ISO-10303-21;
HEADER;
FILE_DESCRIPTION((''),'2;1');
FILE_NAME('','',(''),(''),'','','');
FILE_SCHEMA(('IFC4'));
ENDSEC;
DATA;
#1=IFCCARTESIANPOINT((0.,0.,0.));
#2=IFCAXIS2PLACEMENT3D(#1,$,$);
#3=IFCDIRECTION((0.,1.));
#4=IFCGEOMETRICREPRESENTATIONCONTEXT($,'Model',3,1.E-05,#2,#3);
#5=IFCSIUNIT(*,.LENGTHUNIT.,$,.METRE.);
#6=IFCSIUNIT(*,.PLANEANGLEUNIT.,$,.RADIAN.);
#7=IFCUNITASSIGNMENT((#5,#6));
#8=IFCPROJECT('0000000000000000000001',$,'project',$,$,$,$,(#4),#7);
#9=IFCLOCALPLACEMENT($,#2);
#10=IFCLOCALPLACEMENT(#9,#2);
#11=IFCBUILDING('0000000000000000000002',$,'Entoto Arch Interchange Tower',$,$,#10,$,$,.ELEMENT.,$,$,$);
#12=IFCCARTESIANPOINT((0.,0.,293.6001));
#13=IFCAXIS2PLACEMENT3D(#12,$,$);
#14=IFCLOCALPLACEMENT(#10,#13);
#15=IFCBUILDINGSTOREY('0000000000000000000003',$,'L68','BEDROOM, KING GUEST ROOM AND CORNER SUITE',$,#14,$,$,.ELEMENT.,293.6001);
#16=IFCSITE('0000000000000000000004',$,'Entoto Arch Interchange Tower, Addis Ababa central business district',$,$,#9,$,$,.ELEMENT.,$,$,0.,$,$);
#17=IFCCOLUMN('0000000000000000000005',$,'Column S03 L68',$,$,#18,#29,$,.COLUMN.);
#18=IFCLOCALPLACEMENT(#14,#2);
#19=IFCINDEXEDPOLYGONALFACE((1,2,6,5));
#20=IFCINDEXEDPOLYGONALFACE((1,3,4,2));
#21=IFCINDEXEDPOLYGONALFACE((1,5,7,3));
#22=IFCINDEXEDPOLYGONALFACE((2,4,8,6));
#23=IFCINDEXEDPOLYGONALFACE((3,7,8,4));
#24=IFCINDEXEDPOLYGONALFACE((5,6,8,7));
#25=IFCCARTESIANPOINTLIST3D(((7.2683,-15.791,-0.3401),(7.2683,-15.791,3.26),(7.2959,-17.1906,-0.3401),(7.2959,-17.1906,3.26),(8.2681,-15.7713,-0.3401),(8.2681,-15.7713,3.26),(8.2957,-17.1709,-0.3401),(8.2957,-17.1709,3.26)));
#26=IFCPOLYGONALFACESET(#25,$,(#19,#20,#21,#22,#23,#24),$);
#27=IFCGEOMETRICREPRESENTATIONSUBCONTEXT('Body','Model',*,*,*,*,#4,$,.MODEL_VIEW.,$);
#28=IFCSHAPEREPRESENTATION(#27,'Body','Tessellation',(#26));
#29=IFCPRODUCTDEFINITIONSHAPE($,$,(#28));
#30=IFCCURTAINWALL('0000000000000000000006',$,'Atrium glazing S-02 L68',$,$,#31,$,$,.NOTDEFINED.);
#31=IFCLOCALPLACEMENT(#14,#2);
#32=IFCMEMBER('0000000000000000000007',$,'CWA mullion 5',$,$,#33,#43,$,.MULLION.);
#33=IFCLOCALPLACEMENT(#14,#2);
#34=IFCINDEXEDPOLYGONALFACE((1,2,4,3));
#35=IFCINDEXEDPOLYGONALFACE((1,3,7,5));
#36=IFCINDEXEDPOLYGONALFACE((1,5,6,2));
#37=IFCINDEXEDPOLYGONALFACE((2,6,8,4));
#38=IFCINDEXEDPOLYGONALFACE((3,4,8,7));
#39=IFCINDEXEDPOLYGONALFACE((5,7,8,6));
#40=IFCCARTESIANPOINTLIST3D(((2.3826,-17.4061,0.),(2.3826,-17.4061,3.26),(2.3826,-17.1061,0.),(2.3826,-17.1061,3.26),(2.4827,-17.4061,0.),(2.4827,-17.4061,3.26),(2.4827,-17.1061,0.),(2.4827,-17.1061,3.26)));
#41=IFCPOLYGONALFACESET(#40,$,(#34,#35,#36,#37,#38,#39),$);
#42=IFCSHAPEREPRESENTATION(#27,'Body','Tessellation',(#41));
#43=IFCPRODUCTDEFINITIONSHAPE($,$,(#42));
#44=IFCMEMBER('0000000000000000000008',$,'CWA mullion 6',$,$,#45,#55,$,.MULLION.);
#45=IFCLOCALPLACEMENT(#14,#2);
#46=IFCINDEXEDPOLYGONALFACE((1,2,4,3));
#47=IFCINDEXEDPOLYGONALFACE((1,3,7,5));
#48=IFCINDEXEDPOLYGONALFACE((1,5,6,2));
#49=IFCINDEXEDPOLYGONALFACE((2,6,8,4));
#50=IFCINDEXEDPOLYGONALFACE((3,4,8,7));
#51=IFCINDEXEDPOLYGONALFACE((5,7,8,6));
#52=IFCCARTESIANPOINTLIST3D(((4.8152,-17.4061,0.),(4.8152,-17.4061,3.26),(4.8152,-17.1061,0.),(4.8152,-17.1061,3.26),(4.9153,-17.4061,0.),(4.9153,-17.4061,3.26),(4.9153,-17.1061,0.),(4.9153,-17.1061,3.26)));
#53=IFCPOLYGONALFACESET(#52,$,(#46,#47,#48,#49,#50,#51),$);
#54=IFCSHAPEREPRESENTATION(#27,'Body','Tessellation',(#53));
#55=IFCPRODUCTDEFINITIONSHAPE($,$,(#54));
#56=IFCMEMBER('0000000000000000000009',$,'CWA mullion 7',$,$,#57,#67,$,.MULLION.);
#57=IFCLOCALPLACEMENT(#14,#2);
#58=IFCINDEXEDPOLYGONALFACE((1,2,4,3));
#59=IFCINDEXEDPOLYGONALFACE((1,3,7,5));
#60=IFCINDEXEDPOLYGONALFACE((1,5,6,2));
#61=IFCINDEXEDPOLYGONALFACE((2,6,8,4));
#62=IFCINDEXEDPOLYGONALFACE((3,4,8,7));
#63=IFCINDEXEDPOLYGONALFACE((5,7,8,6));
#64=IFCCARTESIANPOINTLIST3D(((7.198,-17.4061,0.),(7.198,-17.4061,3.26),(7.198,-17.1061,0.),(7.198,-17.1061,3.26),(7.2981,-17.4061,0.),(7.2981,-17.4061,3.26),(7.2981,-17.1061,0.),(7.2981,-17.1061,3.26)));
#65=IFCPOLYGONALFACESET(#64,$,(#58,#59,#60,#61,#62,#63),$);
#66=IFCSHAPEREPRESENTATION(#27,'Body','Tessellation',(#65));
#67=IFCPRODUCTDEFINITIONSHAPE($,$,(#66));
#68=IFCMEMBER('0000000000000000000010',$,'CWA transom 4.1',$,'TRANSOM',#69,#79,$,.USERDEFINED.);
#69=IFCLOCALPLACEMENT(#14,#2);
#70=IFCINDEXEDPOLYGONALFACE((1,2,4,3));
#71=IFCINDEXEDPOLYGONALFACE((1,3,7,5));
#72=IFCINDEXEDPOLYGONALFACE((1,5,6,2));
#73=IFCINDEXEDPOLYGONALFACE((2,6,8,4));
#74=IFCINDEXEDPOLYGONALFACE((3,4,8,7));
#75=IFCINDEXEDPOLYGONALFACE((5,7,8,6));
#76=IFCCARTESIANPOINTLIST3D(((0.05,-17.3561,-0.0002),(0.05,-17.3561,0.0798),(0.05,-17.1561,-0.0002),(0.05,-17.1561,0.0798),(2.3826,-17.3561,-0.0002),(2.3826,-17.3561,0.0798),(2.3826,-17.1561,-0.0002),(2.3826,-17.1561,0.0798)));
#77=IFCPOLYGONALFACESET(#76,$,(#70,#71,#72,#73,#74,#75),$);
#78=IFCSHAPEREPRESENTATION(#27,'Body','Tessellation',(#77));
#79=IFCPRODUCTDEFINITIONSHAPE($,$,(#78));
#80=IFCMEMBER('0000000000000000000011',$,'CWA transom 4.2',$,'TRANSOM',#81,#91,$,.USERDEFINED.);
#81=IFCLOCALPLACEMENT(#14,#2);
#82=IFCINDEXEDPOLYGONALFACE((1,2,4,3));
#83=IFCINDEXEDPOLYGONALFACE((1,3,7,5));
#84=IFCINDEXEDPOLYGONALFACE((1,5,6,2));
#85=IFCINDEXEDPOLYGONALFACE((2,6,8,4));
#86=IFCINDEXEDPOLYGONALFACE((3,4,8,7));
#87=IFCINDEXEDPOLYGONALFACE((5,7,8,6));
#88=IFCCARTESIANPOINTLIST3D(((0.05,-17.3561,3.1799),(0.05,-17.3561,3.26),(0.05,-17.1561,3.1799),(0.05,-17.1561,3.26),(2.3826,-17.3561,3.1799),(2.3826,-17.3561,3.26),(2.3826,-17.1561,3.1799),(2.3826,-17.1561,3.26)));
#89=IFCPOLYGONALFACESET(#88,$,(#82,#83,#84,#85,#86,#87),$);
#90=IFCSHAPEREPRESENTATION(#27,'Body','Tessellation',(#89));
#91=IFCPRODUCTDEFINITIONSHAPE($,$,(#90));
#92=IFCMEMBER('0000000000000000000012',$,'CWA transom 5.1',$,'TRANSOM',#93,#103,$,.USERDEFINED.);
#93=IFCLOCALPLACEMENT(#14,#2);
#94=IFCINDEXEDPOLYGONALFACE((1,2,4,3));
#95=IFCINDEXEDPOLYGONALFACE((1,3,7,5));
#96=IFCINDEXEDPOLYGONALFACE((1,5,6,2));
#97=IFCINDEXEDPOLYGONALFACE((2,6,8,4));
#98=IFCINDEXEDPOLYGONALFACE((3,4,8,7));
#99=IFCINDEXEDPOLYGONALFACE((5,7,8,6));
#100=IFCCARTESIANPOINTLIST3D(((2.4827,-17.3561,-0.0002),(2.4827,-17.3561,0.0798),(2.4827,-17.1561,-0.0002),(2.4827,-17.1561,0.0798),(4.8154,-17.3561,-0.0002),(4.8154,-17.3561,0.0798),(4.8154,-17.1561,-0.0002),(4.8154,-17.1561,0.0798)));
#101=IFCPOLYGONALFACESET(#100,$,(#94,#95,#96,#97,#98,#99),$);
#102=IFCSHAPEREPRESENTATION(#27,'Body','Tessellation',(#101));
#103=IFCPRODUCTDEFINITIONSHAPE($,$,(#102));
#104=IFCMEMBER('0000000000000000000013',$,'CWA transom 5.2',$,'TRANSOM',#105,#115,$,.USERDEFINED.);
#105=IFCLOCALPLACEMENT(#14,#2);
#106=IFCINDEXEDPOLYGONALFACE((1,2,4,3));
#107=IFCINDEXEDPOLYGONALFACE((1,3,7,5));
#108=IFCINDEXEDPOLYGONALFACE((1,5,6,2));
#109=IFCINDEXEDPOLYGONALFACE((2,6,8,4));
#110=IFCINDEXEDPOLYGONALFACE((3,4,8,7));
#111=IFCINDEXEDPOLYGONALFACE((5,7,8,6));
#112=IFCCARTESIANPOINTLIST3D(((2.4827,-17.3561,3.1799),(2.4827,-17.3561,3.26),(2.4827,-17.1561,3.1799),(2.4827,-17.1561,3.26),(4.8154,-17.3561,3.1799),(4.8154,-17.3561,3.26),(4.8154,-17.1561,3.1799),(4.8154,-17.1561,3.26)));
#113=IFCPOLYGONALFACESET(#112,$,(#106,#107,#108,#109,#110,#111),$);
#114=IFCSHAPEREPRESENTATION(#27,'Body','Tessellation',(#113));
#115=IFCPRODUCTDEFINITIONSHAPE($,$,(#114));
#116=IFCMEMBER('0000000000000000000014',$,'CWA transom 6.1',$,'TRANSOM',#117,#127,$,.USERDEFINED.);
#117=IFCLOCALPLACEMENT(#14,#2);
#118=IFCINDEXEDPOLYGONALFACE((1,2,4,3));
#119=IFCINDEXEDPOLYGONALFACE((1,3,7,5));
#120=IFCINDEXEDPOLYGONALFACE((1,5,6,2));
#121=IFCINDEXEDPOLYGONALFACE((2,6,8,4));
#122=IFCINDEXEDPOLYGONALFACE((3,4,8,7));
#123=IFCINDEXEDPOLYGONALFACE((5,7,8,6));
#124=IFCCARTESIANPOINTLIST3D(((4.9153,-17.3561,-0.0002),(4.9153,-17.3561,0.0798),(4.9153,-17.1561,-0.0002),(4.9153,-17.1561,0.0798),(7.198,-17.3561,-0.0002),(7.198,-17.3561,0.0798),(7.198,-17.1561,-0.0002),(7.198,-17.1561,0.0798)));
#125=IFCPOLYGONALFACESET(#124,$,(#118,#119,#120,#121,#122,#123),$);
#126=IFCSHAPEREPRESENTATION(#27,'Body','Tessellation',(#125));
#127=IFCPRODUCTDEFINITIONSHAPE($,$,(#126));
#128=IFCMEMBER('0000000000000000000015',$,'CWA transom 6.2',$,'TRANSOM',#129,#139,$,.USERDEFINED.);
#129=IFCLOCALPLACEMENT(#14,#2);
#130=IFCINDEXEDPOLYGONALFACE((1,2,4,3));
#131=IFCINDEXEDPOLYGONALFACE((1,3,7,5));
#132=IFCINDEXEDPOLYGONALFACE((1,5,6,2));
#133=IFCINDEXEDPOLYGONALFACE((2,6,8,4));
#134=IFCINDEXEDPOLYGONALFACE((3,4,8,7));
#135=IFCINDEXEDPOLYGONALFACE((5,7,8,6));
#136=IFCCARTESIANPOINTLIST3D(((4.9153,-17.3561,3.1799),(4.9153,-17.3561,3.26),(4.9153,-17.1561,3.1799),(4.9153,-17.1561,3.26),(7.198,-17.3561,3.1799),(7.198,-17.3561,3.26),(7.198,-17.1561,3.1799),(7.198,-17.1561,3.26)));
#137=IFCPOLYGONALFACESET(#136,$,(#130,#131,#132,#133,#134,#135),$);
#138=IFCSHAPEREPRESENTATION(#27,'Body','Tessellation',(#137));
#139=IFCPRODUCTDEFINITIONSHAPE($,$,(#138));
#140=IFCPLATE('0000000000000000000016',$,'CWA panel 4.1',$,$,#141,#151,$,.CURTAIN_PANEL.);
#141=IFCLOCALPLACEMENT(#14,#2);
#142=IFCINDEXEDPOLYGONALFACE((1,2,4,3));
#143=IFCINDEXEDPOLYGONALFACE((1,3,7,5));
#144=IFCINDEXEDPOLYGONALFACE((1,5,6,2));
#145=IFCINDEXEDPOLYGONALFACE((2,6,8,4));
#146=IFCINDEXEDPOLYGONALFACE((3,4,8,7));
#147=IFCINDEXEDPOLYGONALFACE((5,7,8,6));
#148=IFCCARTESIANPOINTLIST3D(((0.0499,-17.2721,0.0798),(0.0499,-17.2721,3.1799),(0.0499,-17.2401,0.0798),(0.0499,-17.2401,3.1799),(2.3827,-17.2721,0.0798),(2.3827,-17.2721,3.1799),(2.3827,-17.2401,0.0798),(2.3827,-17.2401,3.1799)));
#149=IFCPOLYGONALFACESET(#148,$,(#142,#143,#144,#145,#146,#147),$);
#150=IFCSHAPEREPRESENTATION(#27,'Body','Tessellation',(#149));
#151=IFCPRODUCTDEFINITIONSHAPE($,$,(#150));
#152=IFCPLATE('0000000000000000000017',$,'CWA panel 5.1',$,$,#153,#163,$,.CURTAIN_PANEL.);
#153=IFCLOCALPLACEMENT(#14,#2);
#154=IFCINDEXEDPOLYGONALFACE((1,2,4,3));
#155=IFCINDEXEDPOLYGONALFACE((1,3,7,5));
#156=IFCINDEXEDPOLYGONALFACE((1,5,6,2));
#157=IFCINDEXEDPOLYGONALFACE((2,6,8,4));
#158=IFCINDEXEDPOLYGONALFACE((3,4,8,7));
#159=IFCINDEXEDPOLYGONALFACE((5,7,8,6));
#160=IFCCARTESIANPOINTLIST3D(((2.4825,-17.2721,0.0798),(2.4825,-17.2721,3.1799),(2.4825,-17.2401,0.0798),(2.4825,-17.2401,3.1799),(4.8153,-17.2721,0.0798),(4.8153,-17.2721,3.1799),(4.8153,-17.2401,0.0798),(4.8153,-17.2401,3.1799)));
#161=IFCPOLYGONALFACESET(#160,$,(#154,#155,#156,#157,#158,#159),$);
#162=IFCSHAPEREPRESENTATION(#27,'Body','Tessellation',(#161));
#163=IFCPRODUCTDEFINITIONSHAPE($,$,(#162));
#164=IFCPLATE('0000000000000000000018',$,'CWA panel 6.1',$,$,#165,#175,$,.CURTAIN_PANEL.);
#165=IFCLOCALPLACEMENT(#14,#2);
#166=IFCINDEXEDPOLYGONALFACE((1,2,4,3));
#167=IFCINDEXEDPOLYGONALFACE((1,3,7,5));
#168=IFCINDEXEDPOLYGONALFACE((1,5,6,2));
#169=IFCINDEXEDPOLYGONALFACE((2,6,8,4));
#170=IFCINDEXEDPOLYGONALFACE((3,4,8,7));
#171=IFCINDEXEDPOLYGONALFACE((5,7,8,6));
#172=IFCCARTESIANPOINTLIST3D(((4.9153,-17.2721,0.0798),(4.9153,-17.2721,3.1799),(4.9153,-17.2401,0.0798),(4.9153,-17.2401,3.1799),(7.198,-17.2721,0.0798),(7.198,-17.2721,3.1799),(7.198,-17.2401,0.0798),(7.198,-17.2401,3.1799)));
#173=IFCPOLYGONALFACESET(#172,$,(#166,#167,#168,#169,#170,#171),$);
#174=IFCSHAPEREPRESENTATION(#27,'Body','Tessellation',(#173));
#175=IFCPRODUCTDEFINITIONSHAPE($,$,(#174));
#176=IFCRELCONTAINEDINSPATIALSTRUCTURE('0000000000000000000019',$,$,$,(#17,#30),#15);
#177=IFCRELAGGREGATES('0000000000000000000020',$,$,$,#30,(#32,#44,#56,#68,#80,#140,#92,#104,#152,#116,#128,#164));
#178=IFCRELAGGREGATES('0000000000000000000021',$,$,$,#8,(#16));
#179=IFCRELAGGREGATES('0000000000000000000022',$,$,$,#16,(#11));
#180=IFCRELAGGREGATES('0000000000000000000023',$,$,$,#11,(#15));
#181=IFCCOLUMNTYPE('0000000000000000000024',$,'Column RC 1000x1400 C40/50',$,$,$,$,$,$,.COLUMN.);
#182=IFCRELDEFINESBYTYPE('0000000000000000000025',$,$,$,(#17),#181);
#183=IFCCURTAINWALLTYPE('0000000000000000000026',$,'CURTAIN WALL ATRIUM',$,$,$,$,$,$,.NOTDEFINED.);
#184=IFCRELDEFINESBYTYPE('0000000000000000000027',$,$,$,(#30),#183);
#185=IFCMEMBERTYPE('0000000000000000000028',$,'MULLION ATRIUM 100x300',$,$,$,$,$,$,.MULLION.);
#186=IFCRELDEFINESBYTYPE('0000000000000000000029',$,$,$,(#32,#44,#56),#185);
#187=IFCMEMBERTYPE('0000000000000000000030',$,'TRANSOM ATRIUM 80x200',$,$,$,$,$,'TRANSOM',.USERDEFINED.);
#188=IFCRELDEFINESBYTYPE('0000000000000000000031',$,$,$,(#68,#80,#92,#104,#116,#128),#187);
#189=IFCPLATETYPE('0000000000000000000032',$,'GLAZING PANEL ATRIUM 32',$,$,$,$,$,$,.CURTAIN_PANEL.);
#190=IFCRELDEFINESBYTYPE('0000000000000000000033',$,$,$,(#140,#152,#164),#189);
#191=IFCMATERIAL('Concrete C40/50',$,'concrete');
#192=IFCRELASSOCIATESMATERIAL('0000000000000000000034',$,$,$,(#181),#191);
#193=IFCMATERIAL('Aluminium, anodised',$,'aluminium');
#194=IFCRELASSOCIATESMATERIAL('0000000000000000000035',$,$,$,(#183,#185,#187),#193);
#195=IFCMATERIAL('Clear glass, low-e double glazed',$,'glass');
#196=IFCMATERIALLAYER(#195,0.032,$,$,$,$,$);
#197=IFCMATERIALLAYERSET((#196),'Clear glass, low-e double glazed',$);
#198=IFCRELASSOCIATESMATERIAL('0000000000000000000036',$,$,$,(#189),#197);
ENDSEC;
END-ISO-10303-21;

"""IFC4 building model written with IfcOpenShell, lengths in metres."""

from ifc_helpers import new_model, si_unit, direction, frame, origin, origin_2d, place, context, subcontext, project, spatial, rectangle, extrude, material, layer, layer_set, material_profile, profile_set, type_object, element, aggregate, save


model = new_model("IFC4")

# Units and contexts
model_context = context("Model", 3, precision=1e-05, world=origin(), true_north=direction((0.0, 1.0)))
body_context = subcontext(model_context, "Body", "Model", "MODEL_VIEW")
ifc_project = project(units=[si_unit("LENGTHUNIT", "METRE"), si_unit("PLANEANGLEUNIT", "RADIAN")], contexts=[model_context])

# Site, building, storey
site_placement = place(None, origin())
site = spatial("IfcSite", under=ifc_project, at=site_placement, Name="Entoto Arch Interchange Tower, Addis Ababa central business district", CompositionType="ELEMENT", RefElevation=0.0)
building_placement = place(site_placement, origin())
building = spatial("IfcBuilding", under=site, at=building_placement, Name="Entoto Arch Interchange Tower", CompositionType="ELEMENT")
storey_placement = place(building_placement, frame((0.0, 0.0, 293.6001)))
storey = spatial("IfcBuildingStorey", under=building, at=storey_placement, Name="L68", Description="BEDROOM, KING GUEST ROOM AND CORNER SUITE", CompositionType="ELEMENT", Elevation=293.6001)

# Column
ifc_material_1 = material(Name="Concrete C40/50", Category="concrete")
ifc_material_profile_1 = material_profile(ifc_material_1, rectangle(XDim=1.0, YDim=1.3999, at=origin_2d()))
ifc_profile_set_1 = profile_set([ifc_material_profile_1], Name="Concrete C40/50")
column_type = type_object("IfcColumnType", Name="Column RC 1000x1400 C40/50", PredefinedType="COLUMN", material=ifc_profile_set_1)
column_placement = place(storey_placement, frame((7.782, -16.481, -0.3401), z_axis=(0.0, 0.0, 1.0), x_axis=(0.999806, 0.019721, 0.0)))
element("IfcColumn", 1, at=column_placement, inside=storey, type_object=column_type, Name="Column S03 L68", PredefinedType="COLUMN", context=body_context, shape_type="SweptSolid", body=[
    extrude(rectangle(XDim=1.0, YDim=1.3999, at=origin_2d()), origin(), (0.0, 0.0, 1.0), 3.6001),
])

# Curtain wall, members, plates
ifc_material_2 = material(Name="Aluminium, anodised", Category="aluminium")
curtain_wall_type = type_object("IfcCurtainWallType", Name="CURTAIN WALL ATRIUM", PredefinedType="NOTDEFINED", material=ifc_material_2)
curtain_wall_placement = place(storey_placement, origin())
curtain_wall = element("IfcCurtainWall", 2, at=curtain_wall_placement, inside=storey, type_object=curtain_wall_type, Name="Atrium glazing S-02 L68", PredefinedType="NOTDEFINED")
ifc_material_profile_2 = material_profile(ifc_material_2, rectangle(XDim=0.3, YDim=0.1001, at=origin_2d()))
ifc_profile_set_2 = profile_set([ifc_material_profile_2], Name="Aluminium, anodised")
member_type_1 = type_object("IfcMemberType", Name="MULLION ATRIUM 100x300", PredefinedType="MULLION", material=ifc_profile_set_2)
member_1_placement = place(storey_placement, frame((2.4326, -17.2561, 0.0), z_axis=(0.0, 0.0, 1.0), x_axis=(0.0, 1.0, 0.0)))
member_1 = element("IfcMember", 3, at=member_1_placement, type_object=member_type_1, Name="CWA mullion 5", PredefinedType="MULLION", context=body_context, shape_type="SweptSolid", body=[
    extrude(rectangle(XDim=0.3, YDim=0.1001, at=origin_2d()), origin(), (0.0, 0.0, 1.0), 3.26),
])
member_2_placement = place(storey_placement, frame((4.8652, -17.2561, 0.0), z_axis=(0.0, 0.0, 1.0), x_axis=(0.0, 1.0, 0.0)))
member_2 = element("IfcMember", 4, at=member_2_placement, type_object=member_type_1, Name="CWA mullion 6", PredefinedType="MULLION", context=body_context, shape_type="SweptSolid", body=[
    extrude(rectangle(XDim=0.3, YDim=0.1001, at=origin_2d()), origin(), (0.0, 0.0, 1.0), 3.26),
])
member_3_placement = place(storey_placement, frame((7.248, -17.2561, 0.0), z_axis=(0.0, 0.0, 1.0), x_axis=(0.0, 1.0, 0.0)))
member_3 = element("IfcMember", 5, at=member_3_placement, type_object=member_type_1, Name="CWA mullion 7", PredefinedType="MULLION", context=body_context, shape_type="SweptSolid", body=[
    extrude(rectangle(XDim=0.3, YDim=0.1001, at=origin_2d()), origin(), (0.0, 0.0, 1.0), 3.26),
])
ifc_material_profile_3 = material_profile(ifc_material_2, rectangle(XDim=0.2, YDim=0.0801, at=origin_2d()))
ifc_profile_set_3 = profile_set([ifc_material_profile_3], Name="Aluminium, anodised")
member_type_2 = type_object("IfcMemberType", Name="TRANSOM ATRIUM 80x200", ElementType="TRANSOM", PredefinedType="USERDEFINED", material=ifc_profile_set_3)
member_4_placement = place(storey_placement, frame((0.05, -17.2561, 0.0398), z_axis=(1.0, 0.0, 0.0), x_axis=(0.0, 1.0, 0.0)))
member_4 = element("IfcMember", 6, at=member_4_placement, type_object=member_type_2, Name="CWA transom 4.1", ObjectType="TRANSOM", PredefinedType="USERDEFINED", context=body_context, shape_type="SweptSolid", body=[
    extrude(rectangle(XDim=0.2, YDim=0.0801, at=origin_2d()), origin(), (0.0, 0.0, 1.0), 2.3325),
])
member_5_placement = place(storey_placement, frame((0.05, -17.2561, 3.22), z_axis=(1.0, 0.0, 0.0), x_axis=(0.0, 1.0, 0.0)))
member_5 = element("IfcMember", 7, at=member_5_placement, type_object=member_type_2, Name="CWA transom 4.2", ObjectType="TRANSOM", PredefinedType="USERDEFINED", context=body_context, shape_type="SweptSolid", body=[
    extrude(rectangle(XDim=0.2, YDim=0.0801, at=origin_2d()), origin(), (0.0, 0.0, 1.0), 2.3325),
])
member_6_placement = place(storey_placement, frame((2.4827, -17.2561, 0.0398), z_axis=(1.0, 0.0, 0.0), x_axis=(0.0, 1.0, 0.0)))
member_6 = element("IfcMember", 8, at=member_6_placement, type_object=member_type_2, Name="CWA transom 5.1", ObjectType="TRANSOM", PredefinedType="USERDEFINED", context=body_context, shape_type="SweptSolid", body=[
    extrude(rectangle(XDim=0.2, YDim=0.0801, at=origin_2d()), origin(), (0.0, 0.0, 1.0), 2.3328),
])
member_7_placement = place(storey_placement, frame((2.4827, -17.2561, 3.22), z_axis=(1.0, 0.0, 0.0), x_axis=(0.0, 1.0, 0.0)))
member_7 = element("IfcMember", 9, at=member_7_placement, type_object=member_type_2, Name="CWA transom 5.2", ObjectType="TRANSOM", PredefinedType="USERDEFINED", context=body_context, shape_type="SweptSolid", body=[
    extrude(rectangle(XDim=0.2, YDim=0.0801, at=origin_2d()), origin(), (0.0, 0.0, 1.0), 2.3328),
])
member_8_placement = place(storey_placement, frame((4.9153, -17.2561, 0.0398), z_axis=(1.0, 0.0, 0.0), x_axis=(0.0, 1.0, 0.0)))
member_8 = element("IfcMember", 10, at=member_8_placement, type_object=member_type_2, Name="CWA transom 6.1", ObjectType="TRANSOM", PredefinedType="USERDEFINED", context=body_context, shape_type="SweptSolid", body=[
    extrude(rectangle(XDim=0.2, YDim=0.0801, at=origin_2d()), origin(), (0.0, 0.0, 1.0), 2.2827),
])
member_9_placement = place(storey_placement, frame((4.9153, -17.2561, 3.22), z_axis=(1.0, 0.0, 0.0), x_axis=(0.0, 1.0, 0.0)))
member_9 = element("IfcMember", 11, at=member_9_placement, type_object=member_type_2, Name="CWA transom 6.2", ObjectType="TRANSOM", PredefinedType="USERDEFINED", context=body_context, shape_type="SweptSolid", body=[
    extrude(rectangle(XDim=0.2, YDim=0.0801, at=origin_2d()), origin(), (0.0, 0.0, 1.0), 2.2827),
])
ifc_material_3 = material(Name="Clear glass, low-e double glazed", Category="glass")
ifc_layer_1 = layer(ifc_material_3, 0.032)
ifc_layer_set_1 = layer_set([ifc_layer_1], Name="Clear glass, low-e double glazed")
plate_type = type_object("IfcPlateType", Name="GLAZING PANEL ATRIUM 32", PredefinedType="CURTAIN_PANEL", material=ifc_layer_set_1)
plate_1_placement = place(storey_placement, frame((1.2163, -17.2561, 0.0798), z_axis=(0.0, 0.0, 1.0), x_axis=(1.0, 0.0, 0.0)))
plate_1 = element("IfcPlate", 12, at=plate_1_placement, type_object=plate_type, Name="CWA panel 4.1", PredefinedType="CURTAIN_PANEL", context=body_context, shape_type="SweptSolid", body=[
    extrude(rectangle(XDim=2.3328, YDim=0.032, at=origin_2d()), origin(), (0.0, 0.0, 1.0), 3.1001),
])
plate_2_placement = place(storey_placement, frame((3.6489, -17.2561, 0.0798), z_axis=(0.0, 0.0, 1.0), x_axis=(1.0, 0.0, 0.0)))
plate_2 = element("IfcPlate", 13, at=plate_2_placement, type_object=plate_type, Name="CWA panel 5.1", PredefinedType="CURTAIN_PANEL", context=body_context, shape_type="SweptSolid", body=[
    extrude(rectangle(XDim=2.3328, YDim=0.032, at=origin_2d()), origin(), (0.0, 0.0, 1.0), 3.1001),
])
plate_3_placement = place(storey_placement, frame((6.0566, -17.2561, 0.0798), z_axis=(0.0, 0.0, 1.0), x_axis=(1.0, 0.0, 0.0)))
plate_3 = element("IfcPlate", 14, at=plate_3_placement, type_object=plate_type, Name="CWA panel 6.1", PredefinedType="CURTAIN_PANEL", context=body_context, shape_type="SweptSolid", body=[
    extrude(rectangle(XDim=2.2827, YDim=0.032, at=origin_2d()), origin(), (0.0, 0.0, 1.0), 3.1001),
])
aggregate(curtain_wall, [member_1, member_2, member_3, member_4, member_5, plate_1, member_6, member_7, plate_2, member_8, member_9, plate_3])

save(model, "model.ifc")
